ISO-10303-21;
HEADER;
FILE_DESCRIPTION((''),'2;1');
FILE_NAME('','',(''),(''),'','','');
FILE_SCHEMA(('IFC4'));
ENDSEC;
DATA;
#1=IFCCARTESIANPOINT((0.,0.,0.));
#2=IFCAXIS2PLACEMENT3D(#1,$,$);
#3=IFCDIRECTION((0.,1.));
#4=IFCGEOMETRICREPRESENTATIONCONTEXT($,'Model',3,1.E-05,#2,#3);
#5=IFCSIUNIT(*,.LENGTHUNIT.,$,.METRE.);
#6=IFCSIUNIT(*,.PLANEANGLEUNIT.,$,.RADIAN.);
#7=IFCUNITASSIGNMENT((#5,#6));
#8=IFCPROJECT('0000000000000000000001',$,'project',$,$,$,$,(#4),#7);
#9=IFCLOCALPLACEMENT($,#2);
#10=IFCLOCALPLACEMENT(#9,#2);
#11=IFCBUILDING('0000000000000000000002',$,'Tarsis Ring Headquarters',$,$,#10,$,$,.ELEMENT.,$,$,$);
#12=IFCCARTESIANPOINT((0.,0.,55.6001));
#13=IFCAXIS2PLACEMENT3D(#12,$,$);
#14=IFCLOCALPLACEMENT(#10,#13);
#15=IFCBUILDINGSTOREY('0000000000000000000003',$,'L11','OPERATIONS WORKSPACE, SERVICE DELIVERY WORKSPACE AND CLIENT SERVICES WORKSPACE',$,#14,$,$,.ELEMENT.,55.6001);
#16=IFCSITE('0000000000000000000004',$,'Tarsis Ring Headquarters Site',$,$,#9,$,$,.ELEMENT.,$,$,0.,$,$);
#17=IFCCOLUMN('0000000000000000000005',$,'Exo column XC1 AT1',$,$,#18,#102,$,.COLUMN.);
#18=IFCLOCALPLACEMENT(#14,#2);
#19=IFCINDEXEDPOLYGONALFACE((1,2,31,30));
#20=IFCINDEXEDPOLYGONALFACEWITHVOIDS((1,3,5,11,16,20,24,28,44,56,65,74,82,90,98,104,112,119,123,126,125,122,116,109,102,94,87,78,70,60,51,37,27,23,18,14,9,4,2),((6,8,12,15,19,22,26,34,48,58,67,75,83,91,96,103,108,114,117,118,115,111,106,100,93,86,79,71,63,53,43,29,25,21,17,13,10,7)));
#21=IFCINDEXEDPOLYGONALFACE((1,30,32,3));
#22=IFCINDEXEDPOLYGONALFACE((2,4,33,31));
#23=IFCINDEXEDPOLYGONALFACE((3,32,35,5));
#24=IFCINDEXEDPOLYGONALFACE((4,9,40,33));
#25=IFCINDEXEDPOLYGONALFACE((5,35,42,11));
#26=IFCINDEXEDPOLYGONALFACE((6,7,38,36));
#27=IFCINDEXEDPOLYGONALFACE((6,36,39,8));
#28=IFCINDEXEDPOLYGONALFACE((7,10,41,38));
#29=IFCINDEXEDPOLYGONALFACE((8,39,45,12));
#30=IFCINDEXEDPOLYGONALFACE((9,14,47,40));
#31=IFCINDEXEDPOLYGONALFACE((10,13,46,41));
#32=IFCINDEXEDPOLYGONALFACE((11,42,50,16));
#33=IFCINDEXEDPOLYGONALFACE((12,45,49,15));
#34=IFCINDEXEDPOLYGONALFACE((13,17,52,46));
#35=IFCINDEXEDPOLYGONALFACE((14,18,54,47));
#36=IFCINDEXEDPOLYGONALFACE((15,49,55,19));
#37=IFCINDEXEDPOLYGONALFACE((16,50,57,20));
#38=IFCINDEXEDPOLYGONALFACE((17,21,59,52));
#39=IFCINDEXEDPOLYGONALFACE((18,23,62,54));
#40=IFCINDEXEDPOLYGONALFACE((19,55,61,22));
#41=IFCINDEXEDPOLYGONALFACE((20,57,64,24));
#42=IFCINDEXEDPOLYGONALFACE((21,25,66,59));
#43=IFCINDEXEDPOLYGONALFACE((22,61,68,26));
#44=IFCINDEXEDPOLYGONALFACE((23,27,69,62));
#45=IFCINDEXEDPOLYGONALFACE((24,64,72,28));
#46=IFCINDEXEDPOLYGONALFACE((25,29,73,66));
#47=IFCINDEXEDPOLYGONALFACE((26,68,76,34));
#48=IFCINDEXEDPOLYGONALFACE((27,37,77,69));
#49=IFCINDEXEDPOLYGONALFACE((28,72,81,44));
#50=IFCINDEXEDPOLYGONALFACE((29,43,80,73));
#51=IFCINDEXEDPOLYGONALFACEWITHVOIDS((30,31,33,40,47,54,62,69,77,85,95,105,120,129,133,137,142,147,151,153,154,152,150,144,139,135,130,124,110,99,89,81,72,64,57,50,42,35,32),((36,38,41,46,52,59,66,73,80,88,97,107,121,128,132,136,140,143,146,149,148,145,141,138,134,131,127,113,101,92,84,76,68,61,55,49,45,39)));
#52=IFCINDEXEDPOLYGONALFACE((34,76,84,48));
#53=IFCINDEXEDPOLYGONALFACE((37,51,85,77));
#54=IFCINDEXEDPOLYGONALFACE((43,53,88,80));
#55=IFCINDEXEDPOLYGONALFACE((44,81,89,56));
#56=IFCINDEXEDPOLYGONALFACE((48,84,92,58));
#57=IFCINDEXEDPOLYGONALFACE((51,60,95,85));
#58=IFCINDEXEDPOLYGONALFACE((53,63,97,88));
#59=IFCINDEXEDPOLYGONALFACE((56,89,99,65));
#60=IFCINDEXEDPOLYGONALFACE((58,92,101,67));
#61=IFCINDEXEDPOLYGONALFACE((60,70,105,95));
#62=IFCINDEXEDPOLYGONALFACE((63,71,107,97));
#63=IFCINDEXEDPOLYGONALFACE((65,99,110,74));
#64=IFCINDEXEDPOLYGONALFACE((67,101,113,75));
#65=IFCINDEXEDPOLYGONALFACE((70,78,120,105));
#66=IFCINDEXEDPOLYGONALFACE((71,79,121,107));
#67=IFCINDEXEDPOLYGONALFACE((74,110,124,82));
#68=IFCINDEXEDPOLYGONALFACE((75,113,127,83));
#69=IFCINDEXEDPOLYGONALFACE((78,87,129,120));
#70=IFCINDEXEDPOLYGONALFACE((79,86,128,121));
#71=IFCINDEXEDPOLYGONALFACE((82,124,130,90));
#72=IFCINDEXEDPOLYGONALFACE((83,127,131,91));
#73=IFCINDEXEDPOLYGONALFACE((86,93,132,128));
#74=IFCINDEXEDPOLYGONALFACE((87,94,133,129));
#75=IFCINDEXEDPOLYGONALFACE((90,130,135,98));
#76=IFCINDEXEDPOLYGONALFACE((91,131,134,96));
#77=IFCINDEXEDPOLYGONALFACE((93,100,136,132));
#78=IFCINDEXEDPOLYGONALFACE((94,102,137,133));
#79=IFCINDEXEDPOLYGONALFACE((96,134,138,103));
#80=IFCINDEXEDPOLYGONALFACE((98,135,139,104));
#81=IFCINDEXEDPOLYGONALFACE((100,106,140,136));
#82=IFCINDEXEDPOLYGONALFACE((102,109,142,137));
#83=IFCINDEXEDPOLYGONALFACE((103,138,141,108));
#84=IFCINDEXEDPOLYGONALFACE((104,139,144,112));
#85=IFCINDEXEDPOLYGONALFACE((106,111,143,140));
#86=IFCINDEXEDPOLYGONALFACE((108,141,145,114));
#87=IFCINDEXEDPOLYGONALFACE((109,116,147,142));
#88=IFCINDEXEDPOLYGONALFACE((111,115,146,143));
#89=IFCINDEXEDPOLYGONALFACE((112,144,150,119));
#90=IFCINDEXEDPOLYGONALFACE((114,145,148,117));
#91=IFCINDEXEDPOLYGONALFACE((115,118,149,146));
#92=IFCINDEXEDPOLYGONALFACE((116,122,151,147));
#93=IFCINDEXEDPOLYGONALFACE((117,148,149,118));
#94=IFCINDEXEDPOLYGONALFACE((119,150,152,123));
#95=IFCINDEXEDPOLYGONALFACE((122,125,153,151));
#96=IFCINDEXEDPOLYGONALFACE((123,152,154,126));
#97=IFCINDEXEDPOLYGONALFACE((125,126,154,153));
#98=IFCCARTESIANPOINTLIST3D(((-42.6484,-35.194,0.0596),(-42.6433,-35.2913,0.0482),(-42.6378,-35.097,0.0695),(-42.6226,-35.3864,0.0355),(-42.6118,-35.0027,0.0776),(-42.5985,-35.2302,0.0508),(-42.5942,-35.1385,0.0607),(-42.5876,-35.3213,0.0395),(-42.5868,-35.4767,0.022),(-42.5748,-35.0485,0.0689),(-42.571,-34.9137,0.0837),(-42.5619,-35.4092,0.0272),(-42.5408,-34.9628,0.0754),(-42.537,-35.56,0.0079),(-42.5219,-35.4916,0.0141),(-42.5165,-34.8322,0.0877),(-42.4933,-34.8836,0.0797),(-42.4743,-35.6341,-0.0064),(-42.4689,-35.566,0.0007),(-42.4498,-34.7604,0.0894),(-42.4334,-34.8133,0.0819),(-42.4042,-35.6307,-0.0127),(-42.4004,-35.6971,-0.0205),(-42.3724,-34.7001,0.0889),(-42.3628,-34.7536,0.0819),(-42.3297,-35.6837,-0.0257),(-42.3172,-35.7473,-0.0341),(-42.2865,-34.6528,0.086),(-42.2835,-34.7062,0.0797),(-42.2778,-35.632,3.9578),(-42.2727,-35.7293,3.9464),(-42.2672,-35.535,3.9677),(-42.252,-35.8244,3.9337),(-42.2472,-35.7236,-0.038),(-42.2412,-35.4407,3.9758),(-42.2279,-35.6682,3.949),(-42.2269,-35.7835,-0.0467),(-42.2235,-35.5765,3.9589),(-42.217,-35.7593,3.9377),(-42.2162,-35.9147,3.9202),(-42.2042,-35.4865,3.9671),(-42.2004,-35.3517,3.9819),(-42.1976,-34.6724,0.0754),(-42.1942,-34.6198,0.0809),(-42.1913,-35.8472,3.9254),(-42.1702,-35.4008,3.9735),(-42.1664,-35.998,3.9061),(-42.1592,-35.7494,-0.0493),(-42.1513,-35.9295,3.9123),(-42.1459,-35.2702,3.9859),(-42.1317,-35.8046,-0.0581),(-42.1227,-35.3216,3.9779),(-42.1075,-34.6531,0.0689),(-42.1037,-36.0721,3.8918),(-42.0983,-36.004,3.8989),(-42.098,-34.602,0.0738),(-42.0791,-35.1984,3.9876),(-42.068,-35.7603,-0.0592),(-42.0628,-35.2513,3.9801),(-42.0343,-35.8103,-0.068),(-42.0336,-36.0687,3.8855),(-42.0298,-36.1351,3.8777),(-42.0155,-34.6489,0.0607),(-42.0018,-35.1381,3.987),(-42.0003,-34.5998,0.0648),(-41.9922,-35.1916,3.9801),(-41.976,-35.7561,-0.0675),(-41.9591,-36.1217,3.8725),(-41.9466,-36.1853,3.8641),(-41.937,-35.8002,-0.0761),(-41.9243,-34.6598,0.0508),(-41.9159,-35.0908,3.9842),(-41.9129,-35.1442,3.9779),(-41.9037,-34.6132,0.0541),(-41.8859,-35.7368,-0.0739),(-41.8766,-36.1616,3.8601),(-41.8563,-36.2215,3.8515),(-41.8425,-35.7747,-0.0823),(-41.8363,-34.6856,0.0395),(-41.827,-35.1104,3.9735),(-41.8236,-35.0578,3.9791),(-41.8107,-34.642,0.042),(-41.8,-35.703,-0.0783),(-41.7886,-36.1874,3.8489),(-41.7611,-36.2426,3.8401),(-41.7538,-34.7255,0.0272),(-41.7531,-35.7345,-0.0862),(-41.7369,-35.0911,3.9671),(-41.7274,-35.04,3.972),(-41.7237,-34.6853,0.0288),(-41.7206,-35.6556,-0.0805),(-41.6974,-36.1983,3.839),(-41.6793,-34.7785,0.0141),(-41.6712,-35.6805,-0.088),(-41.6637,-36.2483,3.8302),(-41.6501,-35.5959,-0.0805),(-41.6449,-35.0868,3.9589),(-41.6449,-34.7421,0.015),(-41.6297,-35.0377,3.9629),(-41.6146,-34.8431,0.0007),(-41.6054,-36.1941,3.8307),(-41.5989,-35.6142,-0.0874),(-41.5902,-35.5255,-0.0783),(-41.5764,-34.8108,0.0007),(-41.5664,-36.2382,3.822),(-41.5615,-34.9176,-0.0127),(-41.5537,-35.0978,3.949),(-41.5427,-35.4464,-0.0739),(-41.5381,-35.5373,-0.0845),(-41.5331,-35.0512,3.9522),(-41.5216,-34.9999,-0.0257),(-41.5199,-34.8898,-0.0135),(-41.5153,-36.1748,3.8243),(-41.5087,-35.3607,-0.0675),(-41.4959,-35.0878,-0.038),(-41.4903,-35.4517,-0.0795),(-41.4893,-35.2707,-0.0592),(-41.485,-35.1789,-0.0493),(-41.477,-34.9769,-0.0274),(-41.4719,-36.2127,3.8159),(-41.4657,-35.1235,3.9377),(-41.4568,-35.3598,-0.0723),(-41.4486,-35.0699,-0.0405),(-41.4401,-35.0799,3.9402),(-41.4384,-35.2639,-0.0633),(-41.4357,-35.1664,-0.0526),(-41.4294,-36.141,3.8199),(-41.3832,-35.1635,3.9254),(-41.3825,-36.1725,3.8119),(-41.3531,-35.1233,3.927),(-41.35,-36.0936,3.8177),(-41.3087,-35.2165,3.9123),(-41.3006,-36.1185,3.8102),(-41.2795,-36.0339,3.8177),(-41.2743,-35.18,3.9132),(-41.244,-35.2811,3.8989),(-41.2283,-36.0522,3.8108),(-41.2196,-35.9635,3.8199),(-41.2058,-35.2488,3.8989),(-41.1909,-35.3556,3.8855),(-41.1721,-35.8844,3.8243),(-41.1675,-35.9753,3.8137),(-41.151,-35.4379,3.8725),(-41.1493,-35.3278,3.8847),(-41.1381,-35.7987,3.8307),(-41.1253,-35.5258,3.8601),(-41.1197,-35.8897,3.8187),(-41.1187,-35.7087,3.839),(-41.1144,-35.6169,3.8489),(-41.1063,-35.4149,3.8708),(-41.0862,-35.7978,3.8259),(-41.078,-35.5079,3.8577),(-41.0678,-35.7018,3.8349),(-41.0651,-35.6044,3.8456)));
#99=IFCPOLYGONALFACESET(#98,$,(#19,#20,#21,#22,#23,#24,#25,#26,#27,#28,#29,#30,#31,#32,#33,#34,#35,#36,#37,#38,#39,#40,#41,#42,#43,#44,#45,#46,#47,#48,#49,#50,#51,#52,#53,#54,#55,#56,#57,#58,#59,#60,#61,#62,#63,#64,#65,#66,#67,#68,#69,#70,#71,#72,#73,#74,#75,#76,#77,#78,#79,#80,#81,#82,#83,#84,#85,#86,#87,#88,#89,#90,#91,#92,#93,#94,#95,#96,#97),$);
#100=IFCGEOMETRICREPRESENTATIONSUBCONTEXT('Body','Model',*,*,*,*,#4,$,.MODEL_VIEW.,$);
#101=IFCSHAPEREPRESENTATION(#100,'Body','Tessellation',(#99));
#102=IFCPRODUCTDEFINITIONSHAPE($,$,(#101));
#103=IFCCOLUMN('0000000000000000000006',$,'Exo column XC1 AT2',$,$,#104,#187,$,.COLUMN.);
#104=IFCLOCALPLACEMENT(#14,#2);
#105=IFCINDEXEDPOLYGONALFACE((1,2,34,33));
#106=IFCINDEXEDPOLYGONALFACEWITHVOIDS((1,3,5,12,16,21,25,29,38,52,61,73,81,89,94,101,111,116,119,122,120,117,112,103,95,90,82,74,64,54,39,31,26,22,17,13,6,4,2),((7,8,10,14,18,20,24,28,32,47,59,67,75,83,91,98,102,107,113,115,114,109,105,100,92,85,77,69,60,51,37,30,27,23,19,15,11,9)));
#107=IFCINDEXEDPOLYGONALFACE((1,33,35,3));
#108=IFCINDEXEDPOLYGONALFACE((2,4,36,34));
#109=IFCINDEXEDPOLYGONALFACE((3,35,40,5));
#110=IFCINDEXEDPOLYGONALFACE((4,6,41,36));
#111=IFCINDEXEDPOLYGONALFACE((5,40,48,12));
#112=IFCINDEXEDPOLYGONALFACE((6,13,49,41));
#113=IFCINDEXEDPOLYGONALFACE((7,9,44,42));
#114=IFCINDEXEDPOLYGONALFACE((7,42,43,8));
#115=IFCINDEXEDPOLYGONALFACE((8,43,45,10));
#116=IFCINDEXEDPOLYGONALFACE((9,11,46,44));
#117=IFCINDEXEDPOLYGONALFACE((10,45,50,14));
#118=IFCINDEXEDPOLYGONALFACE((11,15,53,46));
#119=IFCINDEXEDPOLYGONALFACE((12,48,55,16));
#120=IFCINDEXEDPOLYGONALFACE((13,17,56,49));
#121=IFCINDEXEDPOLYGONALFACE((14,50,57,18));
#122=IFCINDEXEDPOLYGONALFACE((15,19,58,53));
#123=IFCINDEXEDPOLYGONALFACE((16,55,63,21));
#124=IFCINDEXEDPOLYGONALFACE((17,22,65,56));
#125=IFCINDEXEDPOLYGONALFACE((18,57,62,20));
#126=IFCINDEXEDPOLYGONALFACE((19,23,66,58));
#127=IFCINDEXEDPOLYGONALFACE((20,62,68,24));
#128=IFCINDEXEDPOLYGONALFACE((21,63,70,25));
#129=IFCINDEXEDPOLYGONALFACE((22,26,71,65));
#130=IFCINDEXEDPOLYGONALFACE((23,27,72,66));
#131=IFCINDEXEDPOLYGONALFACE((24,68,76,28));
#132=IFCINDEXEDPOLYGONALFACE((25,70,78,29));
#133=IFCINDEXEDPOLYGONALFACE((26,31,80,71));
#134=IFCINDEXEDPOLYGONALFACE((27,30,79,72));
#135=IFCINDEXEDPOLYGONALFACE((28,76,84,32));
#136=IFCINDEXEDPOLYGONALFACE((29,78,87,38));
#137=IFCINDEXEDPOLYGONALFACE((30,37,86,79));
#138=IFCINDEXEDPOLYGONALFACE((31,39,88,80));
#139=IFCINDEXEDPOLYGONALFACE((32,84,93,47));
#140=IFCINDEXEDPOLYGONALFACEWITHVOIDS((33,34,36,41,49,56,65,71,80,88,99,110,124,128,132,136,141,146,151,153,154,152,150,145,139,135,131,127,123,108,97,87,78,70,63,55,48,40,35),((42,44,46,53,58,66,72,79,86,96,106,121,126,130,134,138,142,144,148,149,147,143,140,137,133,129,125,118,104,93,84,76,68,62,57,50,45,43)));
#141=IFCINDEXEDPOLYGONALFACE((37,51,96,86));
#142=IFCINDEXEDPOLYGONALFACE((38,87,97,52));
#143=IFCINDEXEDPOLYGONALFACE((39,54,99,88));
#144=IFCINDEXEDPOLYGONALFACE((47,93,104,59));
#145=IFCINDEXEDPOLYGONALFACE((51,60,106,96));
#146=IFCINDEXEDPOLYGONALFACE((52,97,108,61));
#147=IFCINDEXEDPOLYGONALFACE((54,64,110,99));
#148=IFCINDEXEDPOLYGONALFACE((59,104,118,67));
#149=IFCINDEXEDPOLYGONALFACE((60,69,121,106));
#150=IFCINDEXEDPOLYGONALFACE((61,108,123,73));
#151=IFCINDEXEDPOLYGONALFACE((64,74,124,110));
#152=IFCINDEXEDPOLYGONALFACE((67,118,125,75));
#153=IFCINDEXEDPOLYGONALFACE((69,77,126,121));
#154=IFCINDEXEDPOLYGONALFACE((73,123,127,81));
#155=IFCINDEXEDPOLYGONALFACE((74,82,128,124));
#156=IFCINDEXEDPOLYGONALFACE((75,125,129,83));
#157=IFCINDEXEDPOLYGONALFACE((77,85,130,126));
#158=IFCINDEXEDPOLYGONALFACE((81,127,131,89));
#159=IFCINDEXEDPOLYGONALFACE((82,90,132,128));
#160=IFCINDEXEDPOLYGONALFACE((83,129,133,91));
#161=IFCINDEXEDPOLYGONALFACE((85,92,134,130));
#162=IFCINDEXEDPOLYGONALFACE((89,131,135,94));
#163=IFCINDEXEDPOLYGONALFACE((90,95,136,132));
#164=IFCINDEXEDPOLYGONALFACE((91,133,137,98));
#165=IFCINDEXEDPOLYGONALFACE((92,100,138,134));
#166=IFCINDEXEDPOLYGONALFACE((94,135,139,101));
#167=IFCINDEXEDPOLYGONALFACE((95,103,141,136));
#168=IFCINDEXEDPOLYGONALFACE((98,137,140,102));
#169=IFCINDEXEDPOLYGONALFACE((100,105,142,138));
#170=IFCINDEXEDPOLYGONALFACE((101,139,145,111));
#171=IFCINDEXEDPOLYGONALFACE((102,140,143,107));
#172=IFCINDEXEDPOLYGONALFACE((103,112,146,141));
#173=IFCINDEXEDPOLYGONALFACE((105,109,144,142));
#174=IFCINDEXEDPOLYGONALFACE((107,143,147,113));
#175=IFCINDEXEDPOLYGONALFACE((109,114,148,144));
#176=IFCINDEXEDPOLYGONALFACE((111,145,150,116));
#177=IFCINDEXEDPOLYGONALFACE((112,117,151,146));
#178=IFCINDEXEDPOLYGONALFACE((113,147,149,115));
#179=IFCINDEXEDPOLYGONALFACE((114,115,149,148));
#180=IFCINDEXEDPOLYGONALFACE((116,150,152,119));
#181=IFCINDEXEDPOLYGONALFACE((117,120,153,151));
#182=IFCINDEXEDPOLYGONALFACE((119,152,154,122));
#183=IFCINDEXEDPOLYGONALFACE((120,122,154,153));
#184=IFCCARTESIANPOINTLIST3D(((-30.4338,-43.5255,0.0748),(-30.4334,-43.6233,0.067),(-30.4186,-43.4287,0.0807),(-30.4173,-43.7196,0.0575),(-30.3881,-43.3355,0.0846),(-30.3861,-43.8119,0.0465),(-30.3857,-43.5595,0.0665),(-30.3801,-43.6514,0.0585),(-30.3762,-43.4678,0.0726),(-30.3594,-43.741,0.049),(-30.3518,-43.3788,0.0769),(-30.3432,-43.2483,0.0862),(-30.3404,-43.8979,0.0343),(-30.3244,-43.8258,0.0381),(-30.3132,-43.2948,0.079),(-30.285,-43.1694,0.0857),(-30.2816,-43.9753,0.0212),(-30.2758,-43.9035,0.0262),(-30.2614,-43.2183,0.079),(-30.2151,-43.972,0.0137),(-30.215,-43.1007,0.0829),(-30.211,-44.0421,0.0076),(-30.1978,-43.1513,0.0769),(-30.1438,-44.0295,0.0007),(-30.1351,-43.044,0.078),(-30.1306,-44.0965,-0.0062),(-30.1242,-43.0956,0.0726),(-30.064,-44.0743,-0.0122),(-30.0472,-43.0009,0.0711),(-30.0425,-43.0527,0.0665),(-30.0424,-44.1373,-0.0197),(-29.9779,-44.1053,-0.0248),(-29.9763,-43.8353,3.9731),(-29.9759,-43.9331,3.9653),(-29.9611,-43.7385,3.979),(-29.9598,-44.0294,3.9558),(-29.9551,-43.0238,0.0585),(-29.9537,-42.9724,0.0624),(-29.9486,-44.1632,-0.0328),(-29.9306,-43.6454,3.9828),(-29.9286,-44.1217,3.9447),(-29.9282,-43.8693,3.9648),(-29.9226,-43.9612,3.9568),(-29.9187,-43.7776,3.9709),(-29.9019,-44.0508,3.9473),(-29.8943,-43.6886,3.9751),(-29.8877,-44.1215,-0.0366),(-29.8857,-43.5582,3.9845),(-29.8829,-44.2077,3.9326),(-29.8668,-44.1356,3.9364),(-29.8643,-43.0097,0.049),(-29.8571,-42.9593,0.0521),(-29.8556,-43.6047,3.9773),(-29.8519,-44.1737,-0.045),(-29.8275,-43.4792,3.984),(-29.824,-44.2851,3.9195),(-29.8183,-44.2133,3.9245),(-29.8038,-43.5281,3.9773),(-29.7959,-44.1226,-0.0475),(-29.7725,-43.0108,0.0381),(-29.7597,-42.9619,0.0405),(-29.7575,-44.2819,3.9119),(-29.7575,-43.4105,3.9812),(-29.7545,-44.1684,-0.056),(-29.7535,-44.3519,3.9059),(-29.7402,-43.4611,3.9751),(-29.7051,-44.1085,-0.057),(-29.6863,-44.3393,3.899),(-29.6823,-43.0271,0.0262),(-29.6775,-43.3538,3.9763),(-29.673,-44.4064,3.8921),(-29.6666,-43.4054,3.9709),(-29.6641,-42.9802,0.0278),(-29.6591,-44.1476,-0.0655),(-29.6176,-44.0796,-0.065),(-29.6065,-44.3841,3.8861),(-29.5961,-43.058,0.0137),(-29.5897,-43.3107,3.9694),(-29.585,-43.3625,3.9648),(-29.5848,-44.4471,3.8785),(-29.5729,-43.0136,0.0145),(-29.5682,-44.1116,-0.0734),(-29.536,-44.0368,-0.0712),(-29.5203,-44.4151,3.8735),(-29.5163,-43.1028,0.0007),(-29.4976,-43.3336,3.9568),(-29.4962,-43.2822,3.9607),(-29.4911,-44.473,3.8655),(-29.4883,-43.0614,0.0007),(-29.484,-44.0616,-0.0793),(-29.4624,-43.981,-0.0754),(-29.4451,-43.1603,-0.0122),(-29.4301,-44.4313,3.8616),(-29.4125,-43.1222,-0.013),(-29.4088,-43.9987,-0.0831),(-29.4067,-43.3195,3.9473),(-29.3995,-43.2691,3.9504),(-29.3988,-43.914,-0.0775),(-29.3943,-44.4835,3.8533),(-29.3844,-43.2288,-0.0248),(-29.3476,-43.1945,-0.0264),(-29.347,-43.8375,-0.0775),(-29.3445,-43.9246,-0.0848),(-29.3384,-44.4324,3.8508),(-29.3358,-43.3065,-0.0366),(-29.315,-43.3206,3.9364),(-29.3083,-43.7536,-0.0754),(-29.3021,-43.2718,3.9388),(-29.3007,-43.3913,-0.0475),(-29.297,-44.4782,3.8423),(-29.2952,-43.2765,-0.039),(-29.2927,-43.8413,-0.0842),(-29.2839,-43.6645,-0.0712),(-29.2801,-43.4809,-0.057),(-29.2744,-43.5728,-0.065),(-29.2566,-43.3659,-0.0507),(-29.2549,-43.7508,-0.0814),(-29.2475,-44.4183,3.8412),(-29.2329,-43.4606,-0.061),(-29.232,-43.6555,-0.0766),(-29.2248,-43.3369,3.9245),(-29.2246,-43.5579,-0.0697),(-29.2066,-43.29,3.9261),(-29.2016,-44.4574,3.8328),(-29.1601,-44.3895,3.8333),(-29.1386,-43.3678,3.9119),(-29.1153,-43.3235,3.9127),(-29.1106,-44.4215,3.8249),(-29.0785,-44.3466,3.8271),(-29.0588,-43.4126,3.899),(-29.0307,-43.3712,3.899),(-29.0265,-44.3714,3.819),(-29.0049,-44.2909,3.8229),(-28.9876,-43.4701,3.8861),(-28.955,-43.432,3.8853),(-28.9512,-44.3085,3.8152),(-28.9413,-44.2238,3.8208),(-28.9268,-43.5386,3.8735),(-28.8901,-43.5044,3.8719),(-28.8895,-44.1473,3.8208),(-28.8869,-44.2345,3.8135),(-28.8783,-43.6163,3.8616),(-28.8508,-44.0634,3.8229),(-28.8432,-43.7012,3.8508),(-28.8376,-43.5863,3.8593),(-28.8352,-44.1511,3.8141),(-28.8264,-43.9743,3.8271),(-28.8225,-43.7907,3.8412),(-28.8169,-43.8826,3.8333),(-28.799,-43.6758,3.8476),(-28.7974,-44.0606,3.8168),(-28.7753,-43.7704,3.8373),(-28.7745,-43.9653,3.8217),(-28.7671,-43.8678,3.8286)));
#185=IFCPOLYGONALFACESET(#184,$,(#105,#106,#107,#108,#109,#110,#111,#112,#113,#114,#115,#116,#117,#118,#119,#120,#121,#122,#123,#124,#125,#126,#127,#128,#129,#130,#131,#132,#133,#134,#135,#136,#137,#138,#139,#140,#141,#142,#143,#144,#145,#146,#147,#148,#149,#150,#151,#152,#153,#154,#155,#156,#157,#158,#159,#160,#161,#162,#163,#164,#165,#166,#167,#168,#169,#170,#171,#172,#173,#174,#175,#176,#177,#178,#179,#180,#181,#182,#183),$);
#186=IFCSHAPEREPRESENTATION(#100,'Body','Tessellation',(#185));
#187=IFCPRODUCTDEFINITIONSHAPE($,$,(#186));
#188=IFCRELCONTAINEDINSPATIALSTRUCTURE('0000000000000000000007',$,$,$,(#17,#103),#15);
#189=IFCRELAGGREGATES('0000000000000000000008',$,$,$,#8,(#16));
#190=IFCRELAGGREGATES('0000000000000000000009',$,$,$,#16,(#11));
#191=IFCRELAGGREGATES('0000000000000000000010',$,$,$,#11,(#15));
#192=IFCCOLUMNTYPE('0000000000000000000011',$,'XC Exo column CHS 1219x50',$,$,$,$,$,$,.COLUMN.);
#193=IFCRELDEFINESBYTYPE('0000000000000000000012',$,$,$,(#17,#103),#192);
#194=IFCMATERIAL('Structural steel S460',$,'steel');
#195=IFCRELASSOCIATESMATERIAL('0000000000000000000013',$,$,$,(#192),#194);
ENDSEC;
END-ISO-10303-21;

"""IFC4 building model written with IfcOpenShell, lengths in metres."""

from ifc_helpers import new_model, si_unit, direction, frame, origin, origin_2d, place, context, subcontext, project, spatial, hollow_circle, extrude, material, material_profile, profile_set, type_object, element, save


model = new_model("IFC4")

# Units and contexts
model_context = context("Model", 3, precision=1e-05, world=origin(), true_north=direction((0.0, 1.0)))
body_context = subcontext(model_context, "Body", "Model", "MODEL_VIEW")
ifc_project = project(units=[si_unit("LENGTHUNIT", "METRE"), si_unit("PLANEANGLEUNIT", "RADIAN")], contexts=[model_context])

# Site, building, storey
site_placement = place(None, origin())
site = spatial("IfcSite", under=ifc_project, at=site_placement, Name="Tarsis Ring Headquarters Site", CompositionType="ELEMENT", RefElevation=0.0)
building_placement = place(site_placement, origin())
building = spatial("IfcBuilding", under=site, at=building_placement, Name="Tarsis Ring Headquarters", CompositionType="ELEMENT")
storey_placement = place(building_placement, frame((0.0, 0.0, 55.6001)))
storey = spatial("IfcBuildingStorey", under=building, at=storey_placement, Name="L11", Description="OPERATIONS WORKSPACE, SERVICE DELIVERY WORKSPACE AND CLIENT SERVICES WORKSPACE", CompositionType="ELEMENT", Elevation=55.6001)

# Columns
ifc_material_1 = material(Name="Structural steel S460", Category="steel")
ifc_material_profile_1 = material_profile(ifc_material_1, hollow_circle(Radius=0.6096, WallThickness=0.05, at=origin_2d()), Name="CHS 1219x50")
ifc_profile_set_1 = profile_set([ifc_material_profile_1], Name="Structural steel S460")
column_type = type_object("IfcColumnType", Name="XC Exo column CHS 1219x50", PredefinedType="COLUMN", material=ifc_profile_set_1)
column_1_placement = place(storey_placement, frame((-42.0417, -35.2046, 0.0007), z_axis=(0.094058, -0.111159, 0.989342), x_axis=(0.763386, 0.645942, 0.0)))
element("IfcColumn", 1, at=column_1_placement, inside=storey, type_object=column_type, Name="Exo column XC1 AT1", PredefinedType="COLUMN", context=body_context, shape_type="SweptSolid", body=[
    extrude(hollow_circle(Radius=0.6096, WallThickness=0.05, at=origin_2d()), origin(), (0.0, 0.0, 1.0), 3.9402),
])
column_2_placement = place(storey_placement, frame((-29.8301, -43.5662, 0.0007), z_axis=(0.116206, -0.07869, 0.990103), x_axis=(0.560702, 0.828018, 0.0)))
element("IfcColumn", 2, at=column_2_placement, inside=storey, type_object=column_type, Name="Exo column XC1 AT2", PredefinedType="COLUMN", context=body_context, shape_type="SweptSolid", body=[
    extrude(hollow_circle(Radius=0.6096, WallThickness=0.05, at=origin_2d()), origin(), (0.0, 0.0, 1.0), 3.9373),
])

save(model, "model.ifc")
